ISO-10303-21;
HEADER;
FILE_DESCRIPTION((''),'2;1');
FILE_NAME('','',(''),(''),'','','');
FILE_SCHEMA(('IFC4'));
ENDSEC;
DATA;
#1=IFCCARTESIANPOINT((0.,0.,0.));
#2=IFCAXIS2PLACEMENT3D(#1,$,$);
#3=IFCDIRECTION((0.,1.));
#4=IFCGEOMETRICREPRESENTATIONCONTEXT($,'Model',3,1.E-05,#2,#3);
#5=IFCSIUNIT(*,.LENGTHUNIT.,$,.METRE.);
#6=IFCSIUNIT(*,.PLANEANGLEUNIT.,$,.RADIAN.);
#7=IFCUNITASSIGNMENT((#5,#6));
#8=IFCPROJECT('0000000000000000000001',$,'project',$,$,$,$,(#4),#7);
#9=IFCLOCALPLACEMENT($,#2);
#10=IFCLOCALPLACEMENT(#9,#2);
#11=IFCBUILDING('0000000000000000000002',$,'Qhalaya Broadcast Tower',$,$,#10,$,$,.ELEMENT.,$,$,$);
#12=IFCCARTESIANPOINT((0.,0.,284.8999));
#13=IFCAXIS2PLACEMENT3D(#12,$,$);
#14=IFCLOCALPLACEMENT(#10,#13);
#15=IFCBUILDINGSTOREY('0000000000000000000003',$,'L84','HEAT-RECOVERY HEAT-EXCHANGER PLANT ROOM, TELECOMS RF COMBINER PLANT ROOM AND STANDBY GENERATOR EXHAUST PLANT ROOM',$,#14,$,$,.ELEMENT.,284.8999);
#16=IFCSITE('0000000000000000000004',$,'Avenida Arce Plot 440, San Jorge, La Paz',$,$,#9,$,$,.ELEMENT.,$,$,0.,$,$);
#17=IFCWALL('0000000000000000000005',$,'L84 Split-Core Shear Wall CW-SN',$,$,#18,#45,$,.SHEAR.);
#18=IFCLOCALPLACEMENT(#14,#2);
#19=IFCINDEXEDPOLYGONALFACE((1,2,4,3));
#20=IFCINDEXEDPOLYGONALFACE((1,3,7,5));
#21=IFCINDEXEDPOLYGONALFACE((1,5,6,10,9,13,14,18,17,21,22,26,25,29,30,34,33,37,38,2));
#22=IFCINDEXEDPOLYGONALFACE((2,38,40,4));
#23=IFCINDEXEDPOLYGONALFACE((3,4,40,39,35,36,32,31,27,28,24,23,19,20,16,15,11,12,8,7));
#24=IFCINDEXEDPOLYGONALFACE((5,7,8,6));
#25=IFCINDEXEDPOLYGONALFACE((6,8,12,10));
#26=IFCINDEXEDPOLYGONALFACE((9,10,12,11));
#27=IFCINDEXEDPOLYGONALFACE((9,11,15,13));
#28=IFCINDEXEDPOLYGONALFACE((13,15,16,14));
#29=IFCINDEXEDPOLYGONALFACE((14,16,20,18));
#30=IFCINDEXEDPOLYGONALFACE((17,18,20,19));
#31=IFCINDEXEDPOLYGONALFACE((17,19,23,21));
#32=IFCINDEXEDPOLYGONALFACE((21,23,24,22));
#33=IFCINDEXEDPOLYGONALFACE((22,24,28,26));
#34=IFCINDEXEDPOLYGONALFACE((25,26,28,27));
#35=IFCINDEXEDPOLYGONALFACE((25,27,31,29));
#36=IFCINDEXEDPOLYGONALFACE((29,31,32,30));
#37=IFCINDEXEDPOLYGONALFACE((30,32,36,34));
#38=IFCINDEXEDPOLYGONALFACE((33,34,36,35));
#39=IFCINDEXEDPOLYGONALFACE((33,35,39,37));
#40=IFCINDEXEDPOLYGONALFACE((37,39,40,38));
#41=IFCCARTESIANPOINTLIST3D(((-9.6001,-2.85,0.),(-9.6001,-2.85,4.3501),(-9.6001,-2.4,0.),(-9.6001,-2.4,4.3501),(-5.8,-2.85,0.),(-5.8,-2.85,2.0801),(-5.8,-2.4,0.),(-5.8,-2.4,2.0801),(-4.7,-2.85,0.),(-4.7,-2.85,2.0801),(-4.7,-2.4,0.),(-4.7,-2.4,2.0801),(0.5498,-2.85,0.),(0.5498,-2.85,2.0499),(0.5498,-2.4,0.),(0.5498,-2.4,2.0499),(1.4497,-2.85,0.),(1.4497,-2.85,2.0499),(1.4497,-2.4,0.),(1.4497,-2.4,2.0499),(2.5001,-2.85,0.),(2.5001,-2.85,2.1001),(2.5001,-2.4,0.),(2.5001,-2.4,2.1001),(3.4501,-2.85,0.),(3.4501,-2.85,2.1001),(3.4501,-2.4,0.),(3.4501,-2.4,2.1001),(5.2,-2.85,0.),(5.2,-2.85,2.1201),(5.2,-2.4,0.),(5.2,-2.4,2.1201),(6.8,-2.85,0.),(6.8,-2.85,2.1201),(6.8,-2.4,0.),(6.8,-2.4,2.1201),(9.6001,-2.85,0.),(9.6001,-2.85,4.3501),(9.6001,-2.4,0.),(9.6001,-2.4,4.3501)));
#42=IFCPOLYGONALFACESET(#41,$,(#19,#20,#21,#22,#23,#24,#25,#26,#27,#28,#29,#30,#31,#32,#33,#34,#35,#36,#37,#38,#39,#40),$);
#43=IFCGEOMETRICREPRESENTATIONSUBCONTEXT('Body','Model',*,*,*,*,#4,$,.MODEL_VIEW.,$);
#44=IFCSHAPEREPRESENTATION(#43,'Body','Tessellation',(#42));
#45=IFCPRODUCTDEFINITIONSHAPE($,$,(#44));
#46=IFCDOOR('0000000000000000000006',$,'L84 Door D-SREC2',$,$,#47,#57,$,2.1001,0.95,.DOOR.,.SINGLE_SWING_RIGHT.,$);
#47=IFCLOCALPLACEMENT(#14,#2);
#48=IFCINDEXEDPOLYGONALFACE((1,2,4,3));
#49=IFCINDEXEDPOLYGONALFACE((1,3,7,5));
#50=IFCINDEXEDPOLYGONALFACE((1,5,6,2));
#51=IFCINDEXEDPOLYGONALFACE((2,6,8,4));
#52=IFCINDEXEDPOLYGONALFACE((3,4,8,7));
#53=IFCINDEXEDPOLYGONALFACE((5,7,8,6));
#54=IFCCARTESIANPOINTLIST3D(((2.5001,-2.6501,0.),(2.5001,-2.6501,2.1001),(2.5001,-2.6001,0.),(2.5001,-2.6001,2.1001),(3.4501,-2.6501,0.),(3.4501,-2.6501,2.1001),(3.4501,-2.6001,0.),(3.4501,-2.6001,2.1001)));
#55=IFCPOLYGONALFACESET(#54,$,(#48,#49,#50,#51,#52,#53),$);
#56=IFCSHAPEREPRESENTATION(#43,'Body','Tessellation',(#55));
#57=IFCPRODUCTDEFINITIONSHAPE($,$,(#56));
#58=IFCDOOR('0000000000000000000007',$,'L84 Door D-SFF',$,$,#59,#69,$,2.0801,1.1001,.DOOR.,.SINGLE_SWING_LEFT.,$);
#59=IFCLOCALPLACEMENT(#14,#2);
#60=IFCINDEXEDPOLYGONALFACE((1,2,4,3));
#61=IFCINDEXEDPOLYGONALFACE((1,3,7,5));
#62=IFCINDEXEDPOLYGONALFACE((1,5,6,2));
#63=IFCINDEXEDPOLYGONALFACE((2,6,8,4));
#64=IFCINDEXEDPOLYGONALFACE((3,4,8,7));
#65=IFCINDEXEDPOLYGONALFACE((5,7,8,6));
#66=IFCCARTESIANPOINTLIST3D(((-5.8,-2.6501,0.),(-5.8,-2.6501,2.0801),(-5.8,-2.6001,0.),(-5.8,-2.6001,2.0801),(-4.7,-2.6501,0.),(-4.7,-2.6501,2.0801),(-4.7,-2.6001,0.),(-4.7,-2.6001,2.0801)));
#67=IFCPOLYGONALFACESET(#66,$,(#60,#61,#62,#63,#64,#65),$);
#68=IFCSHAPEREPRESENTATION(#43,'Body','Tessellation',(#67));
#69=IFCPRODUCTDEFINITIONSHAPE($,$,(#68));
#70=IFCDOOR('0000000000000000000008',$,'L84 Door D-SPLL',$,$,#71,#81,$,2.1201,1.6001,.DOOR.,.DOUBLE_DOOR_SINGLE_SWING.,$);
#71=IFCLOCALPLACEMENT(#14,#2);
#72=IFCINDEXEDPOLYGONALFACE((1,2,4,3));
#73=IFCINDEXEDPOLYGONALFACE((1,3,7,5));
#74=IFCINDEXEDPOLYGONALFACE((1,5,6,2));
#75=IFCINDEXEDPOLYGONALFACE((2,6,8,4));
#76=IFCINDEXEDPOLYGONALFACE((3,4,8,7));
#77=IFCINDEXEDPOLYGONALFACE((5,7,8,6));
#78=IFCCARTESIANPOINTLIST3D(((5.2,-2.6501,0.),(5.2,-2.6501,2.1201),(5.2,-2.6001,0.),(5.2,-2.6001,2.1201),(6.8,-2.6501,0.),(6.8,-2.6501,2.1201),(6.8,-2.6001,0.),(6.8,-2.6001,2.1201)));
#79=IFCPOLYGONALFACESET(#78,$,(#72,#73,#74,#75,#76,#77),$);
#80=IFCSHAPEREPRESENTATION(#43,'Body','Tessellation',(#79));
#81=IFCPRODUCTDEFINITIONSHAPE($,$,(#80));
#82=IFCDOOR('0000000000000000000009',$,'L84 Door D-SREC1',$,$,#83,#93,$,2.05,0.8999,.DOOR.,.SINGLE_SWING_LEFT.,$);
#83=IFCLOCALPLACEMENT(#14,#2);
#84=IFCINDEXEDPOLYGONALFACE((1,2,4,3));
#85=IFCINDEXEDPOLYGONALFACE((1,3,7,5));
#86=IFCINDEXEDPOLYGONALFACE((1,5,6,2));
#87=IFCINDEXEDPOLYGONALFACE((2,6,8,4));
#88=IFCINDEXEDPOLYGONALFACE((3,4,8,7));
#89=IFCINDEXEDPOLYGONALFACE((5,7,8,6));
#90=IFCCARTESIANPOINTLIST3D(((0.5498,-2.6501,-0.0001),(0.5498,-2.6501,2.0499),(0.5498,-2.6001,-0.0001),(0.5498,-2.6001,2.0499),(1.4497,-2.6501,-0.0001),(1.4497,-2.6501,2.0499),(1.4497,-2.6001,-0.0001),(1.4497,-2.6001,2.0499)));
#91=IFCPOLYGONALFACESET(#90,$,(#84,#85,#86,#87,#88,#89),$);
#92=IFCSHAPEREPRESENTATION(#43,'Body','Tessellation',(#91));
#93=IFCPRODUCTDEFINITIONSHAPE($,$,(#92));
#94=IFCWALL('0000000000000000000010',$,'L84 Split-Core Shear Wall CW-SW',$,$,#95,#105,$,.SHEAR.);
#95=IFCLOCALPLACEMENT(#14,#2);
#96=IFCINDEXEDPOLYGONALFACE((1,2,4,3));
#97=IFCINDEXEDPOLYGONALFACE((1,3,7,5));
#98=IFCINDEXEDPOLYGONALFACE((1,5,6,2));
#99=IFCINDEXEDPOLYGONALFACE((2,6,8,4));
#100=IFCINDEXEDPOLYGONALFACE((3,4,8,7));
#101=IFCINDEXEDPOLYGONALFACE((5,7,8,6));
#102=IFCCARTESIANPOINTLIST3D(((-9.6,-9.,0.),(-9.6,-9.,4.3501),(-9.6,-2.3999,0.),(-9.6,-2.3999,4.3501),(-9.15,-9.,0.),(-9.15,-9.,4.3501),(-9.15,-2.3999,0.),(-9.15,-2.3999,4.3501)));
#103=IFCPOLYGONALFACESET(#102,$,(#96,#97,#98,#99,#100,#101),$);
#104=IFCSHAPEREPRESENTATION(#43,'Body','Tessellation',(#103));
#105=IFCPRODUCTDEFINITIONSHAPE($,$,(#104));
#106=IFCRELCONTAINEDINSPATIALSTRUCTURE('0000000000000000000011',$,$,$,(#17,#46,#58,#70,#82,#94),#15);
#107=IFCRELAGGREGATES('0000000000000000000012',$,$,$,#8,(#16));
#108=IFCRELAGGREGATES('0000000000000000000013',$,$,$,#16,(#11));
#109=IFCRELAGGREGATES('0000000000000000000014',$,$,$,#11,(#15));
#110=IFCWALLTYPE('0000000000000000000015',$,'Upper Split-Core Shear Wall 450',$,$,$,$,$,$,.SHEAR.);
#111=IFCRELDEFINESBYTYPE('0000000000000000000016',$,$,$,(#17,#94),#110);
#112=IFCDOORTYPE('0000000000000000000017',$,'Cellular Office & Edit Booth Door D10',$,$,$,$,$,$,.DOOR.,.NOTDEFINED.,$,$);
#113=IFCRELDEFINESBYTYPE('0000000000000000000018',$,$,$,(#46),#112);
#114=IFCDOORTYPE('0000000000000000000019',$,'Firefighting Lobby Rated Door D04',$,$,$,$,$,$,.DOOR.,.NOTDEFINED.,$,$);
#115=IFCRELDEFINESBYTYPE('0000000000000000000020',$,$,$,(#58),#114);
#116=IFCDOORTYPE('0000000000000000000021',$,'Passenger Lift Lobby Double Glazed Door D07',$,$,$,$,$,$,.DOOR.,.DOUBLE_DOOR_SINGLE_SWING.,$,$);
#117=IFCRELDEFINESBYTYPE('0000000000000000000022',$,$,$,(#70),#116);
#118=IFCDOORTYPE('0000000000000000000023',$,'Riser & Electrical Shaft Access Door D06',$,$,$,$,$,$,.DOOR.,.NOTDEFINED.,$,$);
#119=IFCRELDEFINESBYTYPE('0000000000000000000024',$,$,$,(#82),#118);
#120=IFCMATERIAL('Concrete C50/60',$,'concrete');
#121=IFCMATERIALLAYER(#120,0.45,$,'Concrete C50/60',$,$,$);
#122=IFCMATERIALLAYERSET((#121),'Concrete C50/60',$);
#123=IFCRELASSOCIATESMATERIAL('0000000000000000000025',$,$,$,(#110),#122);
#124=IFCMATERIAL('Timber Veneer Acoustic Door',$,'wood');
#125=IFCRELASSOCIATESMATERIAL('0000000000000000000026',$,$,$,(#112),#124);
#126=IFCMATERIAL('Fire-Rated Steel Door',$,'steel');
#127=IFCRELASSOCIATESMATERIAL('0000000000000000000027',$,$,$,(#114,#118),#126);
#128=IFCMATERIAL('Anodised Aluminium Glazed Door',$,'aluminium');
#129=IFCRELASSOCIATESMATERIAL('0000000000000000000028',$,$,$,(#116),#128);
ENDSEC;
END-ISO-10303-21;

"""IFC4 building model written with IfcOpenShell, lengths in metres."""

from ifc_helpers import new_model, si_unit, direction, frame, frame_2d, origin, place, context, subcontext, project, spatial, rectangle, extrude, material, layer, layer_set, type_object, element, fill, save


model = new_model("IFC4")

# Units and contexts
model_context = context("Model", 3, precision=1e-05, world=origin(), true_north=direction((0.0, 1.0)))
body_context = subcontext(model_context, "Body", "Model", "MODEL_VIEW")
ifc_project = project(units=[si_unit("LENGTHUNIT", "METRE"), si_unit("PLANEANGLEUNIT", "RADIAN")], contexts=[model_context])

# Site, building, storey
site_placement = place(None, origin())
site = spatial("IfcSite", under=ifc_project, at=site_placement, Name="Avenida Arce Plot 440, San Jorge, La Paz", CompositionType="ELEMENT", RefElevation=0.0)
building_placement = place(site_placement, origin())
building = spatial("IfcBuilding", under=site, at=building_placement, Name="Qhalaya Broadcast Tower", CompositionType="ELEMENT")
storey_placement = place(building_placement, frame((0.0, 0.0, 284.8999)))
storey = spatial("IfcBuildingStorey", under=building, at=storey_placement, Name="L84", Description="HEAT-RECOVERY HEAT-EXCHANGER PLANT ROOM, TELECOMS RF COMBINER PLANT ROOM AND STANDBY GENERATOR EXHAUST PLANT ROOM", CompositionType="ELEMENT", Elevation=284.8999)

# Shared definitions
ifc_material_1 = material(Name="Concrete C50/60", Category="concrete")

# Shared definitions
ifc_material_2 = material(Name="Fire-Rated Steel Door", Category="steel")

# Shared definitions
ifc_layer_1 = layer(ifc_material_1, 0.45, Name="Concrete C50/60")
ifc_layer_set_1 = layer_set([ifc_layer_1], Name="Concrete C50/60")
wall_type_1 = type_object("IfcWallType", Name="Upper Split-Core Shear Wall 450", PredefinedType="SHEAR", material=ifc_layer_set_1)

# Wall, openings, doors
wall_1_placement = place(storey_placement, frame((-9.6001, -2.625, 0.0), z_axis=(0.0, 0.0, 1.0), x_axis=(1.0, 0.0, 0.0)))
wall_1 = element("IfcWall", 1, at=wall_1_placement, inside=storey, type_object=wall_type_1, Name="L84 Split-Core Shear Wall CW-SN", PredefinedType="SHEAR", context=body_context, shape_type="SweptSolid", body=[
    extrude(rectangle(XDim=19.2002, YDim=0.45, at=frame_2d((9.6001, 0.0))), origin(), (0.0, 0.0, 1.0), 4.3501),
])
opening_1_placement = place(wall_1_placement, frame((3.8, 0.0, 0.0)))
opening_1 = element("IfcOpeningElement", 2, at=opening_1_placement, cuts=wall_1, PredefinedType="OPENING", context=body_context, shape_type="SweptSolid", body=[
    extrude(rectangle(XDim=1.1001, YDim=2.0801, at=frame_2d((0.55, 1.04))), frame((0.0, 0.2371, 0.0), z_axis=(0.0, -1.0, 0.0), x_axis=(1.0, 0.0, 0.0)), (0.0, 0.0, 1.0), 0.4739),
])
opening_2_placement = place(wall_1_placement, frame((10.1499, 0.0, 0.0)))
opening_2 = element("IfcOpeningElement", 3, at=opening_2_placement, cuts=wall_1, PredefinedType="OPENING", context=body_context, shape_type="SweptSolid", body=[
    extrude(rectangle(XDim=0.8999, YDim=2.05, at=frame_2d((0.45, 1.0249))), frame((0.0, 0.2371, 0.0), z_axis=(0.0, -1.0, 0.0), x_axis=(1.0, 0.0, 0.0)), (0.0, 0.0, 1.0), 0.4739),
])
opening_3_placement = place(wall_1_placement, frame((12.1001, 0.0, 0.0)))
opening_3 = element("IfcOpeningElement", 4, at=opening_3_placement, cuts=wall_1, PredefinedType="OPENING", context=body_context, shape_type="SweptSolid", body=[
    extrude(rectangle(XDim=0.95, YDim=2.1001, at=frame_2d((0.4751, 1.05))), frame((0.0, 0.2371, 0.0), z_axis=(0.0, -1.0, 0.0), x_axis=(1.0, 0.0, 0.0)), (0.0, 0.0, 1.0), 0.4739),
])
opening_4_placement = place(wall_1_placement, frame((14.8, 0.0, 0.0)))
opening_4 = element("IfcOpeningElement", 5, at=opening_4_placement, cuts=wall_1, PredefinedType="OPENING", context=body_context, shape_type="SweptSolid", body=[
    extrude(rectangle(XDim=1.6001, YDim=2.1201, at=frame_2d((0.8, 1.0601))), frame((0.0, 0.2371, 0.0), z_axis=(0.0, -1.0, 0.0), x_axis=(1.0, 0.0, 0.0)), (0.0, 0.0, 1.0), 0.4739),
])
ifc_material_3 = material(Name="Timber Veneer Acoustic Door", Category="wood")
door_type_1 = type_object("IfcDoorType", Name="Cellular Office & Edit Booth Door D10", OperationType="NOTDEFINED", PredefinedType="DOOR", material=ifc_material_3)
door_1_placement = place(opening_3_placement, origin())
door_1 = element("IfcDoor", 6, at=door_1_placement, inside=storey, type_object=door_type_1, Name="L84 Door D-SREC2", OperationType="SINGLE_SWING_RIGHT", OverallHeight=2.1001, OverallWidth=0.95, PredefinedType="DOOR", context=body_context, shape_type="SweptSolid", body=[
    extrude(rectangle(XDim=0.95, YDim=2.1001, at=frame_2d((0.4751, 1.05))), frame((0.0, 0.0249, 0.0), z_axis=(0.0, -1.0, 0.0), x_axis=(1.0, 0.0, 0.0)), (0.0, 0.0, 1.0), 0.05),
])
fill(opening_3, door_1)
door_type_2 = type_object("IfcDoorType", Name="Firefighting Lobby Rated Door D04", OperationType="NOTDEFINED", PredefinedType="DOOR", material=ifc_material_2)
door_2_placement = place(opening_1_placement, origin())
door_2 = element("IfcDoor", 7, at=door_2_placement, inside=storey, type_object=door_type_2, Name="L84 Door D-SFF", OperationType="SINGLE_SWING_LEFT", OverallHeight=2.0801, OverallWidth=1.1001, PredefinedType="DOOR", context=body_context, shape_type="SweptSolid", body=[
    extrude(rectangle(XDim=1.1001, YDim=2.0801, at=frame_2d((0.55, 1.04))), frame((0.0, 0.0249, 0.0), z_axis=(0.0, -1.0, 0.0), x_axis=(1.0, 0.0, 0.0)), (0.0, 0.0, 1.0), 0.05),
])
fill(opening_1, door_2)
ifc_material_4 = material(Name="Anodised Aluminium Glazed Door", Category="aluminium")
door_type_3 = type_object("IfcDoorType", Name="Passenger Lift Lobby Double Glazed Door D07", OperationType="DOUBLE_DOOR_SINGLE_SWING", PredefinedType="DOOR", material=ifc_material_4)
door_3_placement = place(opening_4_placement, origin())
door_3 = element("IfcDoor", 8, at=door_3_placement, inside=storey, type_object=door_type_3, Name="L84 Door D-SPLL", OperationType="DOUBLE_DOOR_SINGLE_SWING", OverallHeight=2.1201, OverallWidth=1.6001, PredefinedType="DOOR", context=body_context, shape_type="SweptSolid", body=[
    extrude(rectangle(XDim=1.6001, YDim=2.1201, at=frame_2d((0.8, 1.0601))), frame((0.0, 0.0249, 0.0), z_axis=(0.0, -1.0, 0.0), x_axis=(1.0, 0.0, 0.0)), (0.0, 0.0, 1.0), 0.05),
])
fill(opening_4, door_3)
door_type_4 = type_object("IfcDoorType", Name="Riser & Electrical Shaft Access Door D06", OperationType="NOTDEFINED", PredefinedType="DOOR", material=ifc_material_2)
door_4_placement = place(opening_2_placement, origin())
door_4 = element("IfcDoor", 9, at=door_4_placement, inside=storey, type_object=door_type_4, Name="L84 Door D-SREC1", OperationType="SINGLE_SWING_LEFT", OverallHeight=2.05, OverallWidth=0.8999, PredefinedType="DOOR", context=body_context, shape_type="SweptSolid", body=[
    extrude(rectangle(XDim=0.8999, YDim=2.05, at=frame_2d((0.45, 1.0249))), frame((0.0, 0.0249, 0.0), z_axis=(0.0, -1.0, 0.0), x_axis=(1.0, 0.0, 0.0)), (0.0, 0.0, 1.0), 0.05),
])
fill(opening_2, door_4)

# Wall
wall_2_placement = place(storey_placement, frame((-9.375, -9.0, 0.0), z_axis=(0.0, 0.0, 1.0), x_axis=(0.0, 1.0, 0.0)))
element("IfcWall", 10, at=wall_2_placement, inside=storey, type_object=wall_type_1, Name="L84 Split-Core Shear Wall CW-SW", PredefinedType="SHEAR", context=body_context, shape_type="SweptSolid", body=[
    extrude(rectangle(XDim=6.6001, YDim=0.45, at=frame_2d((3.3, 0.0))), origin(), (0.0, 0.0, 1.0), 4.3501),
])

save(model, "model.ifc")
